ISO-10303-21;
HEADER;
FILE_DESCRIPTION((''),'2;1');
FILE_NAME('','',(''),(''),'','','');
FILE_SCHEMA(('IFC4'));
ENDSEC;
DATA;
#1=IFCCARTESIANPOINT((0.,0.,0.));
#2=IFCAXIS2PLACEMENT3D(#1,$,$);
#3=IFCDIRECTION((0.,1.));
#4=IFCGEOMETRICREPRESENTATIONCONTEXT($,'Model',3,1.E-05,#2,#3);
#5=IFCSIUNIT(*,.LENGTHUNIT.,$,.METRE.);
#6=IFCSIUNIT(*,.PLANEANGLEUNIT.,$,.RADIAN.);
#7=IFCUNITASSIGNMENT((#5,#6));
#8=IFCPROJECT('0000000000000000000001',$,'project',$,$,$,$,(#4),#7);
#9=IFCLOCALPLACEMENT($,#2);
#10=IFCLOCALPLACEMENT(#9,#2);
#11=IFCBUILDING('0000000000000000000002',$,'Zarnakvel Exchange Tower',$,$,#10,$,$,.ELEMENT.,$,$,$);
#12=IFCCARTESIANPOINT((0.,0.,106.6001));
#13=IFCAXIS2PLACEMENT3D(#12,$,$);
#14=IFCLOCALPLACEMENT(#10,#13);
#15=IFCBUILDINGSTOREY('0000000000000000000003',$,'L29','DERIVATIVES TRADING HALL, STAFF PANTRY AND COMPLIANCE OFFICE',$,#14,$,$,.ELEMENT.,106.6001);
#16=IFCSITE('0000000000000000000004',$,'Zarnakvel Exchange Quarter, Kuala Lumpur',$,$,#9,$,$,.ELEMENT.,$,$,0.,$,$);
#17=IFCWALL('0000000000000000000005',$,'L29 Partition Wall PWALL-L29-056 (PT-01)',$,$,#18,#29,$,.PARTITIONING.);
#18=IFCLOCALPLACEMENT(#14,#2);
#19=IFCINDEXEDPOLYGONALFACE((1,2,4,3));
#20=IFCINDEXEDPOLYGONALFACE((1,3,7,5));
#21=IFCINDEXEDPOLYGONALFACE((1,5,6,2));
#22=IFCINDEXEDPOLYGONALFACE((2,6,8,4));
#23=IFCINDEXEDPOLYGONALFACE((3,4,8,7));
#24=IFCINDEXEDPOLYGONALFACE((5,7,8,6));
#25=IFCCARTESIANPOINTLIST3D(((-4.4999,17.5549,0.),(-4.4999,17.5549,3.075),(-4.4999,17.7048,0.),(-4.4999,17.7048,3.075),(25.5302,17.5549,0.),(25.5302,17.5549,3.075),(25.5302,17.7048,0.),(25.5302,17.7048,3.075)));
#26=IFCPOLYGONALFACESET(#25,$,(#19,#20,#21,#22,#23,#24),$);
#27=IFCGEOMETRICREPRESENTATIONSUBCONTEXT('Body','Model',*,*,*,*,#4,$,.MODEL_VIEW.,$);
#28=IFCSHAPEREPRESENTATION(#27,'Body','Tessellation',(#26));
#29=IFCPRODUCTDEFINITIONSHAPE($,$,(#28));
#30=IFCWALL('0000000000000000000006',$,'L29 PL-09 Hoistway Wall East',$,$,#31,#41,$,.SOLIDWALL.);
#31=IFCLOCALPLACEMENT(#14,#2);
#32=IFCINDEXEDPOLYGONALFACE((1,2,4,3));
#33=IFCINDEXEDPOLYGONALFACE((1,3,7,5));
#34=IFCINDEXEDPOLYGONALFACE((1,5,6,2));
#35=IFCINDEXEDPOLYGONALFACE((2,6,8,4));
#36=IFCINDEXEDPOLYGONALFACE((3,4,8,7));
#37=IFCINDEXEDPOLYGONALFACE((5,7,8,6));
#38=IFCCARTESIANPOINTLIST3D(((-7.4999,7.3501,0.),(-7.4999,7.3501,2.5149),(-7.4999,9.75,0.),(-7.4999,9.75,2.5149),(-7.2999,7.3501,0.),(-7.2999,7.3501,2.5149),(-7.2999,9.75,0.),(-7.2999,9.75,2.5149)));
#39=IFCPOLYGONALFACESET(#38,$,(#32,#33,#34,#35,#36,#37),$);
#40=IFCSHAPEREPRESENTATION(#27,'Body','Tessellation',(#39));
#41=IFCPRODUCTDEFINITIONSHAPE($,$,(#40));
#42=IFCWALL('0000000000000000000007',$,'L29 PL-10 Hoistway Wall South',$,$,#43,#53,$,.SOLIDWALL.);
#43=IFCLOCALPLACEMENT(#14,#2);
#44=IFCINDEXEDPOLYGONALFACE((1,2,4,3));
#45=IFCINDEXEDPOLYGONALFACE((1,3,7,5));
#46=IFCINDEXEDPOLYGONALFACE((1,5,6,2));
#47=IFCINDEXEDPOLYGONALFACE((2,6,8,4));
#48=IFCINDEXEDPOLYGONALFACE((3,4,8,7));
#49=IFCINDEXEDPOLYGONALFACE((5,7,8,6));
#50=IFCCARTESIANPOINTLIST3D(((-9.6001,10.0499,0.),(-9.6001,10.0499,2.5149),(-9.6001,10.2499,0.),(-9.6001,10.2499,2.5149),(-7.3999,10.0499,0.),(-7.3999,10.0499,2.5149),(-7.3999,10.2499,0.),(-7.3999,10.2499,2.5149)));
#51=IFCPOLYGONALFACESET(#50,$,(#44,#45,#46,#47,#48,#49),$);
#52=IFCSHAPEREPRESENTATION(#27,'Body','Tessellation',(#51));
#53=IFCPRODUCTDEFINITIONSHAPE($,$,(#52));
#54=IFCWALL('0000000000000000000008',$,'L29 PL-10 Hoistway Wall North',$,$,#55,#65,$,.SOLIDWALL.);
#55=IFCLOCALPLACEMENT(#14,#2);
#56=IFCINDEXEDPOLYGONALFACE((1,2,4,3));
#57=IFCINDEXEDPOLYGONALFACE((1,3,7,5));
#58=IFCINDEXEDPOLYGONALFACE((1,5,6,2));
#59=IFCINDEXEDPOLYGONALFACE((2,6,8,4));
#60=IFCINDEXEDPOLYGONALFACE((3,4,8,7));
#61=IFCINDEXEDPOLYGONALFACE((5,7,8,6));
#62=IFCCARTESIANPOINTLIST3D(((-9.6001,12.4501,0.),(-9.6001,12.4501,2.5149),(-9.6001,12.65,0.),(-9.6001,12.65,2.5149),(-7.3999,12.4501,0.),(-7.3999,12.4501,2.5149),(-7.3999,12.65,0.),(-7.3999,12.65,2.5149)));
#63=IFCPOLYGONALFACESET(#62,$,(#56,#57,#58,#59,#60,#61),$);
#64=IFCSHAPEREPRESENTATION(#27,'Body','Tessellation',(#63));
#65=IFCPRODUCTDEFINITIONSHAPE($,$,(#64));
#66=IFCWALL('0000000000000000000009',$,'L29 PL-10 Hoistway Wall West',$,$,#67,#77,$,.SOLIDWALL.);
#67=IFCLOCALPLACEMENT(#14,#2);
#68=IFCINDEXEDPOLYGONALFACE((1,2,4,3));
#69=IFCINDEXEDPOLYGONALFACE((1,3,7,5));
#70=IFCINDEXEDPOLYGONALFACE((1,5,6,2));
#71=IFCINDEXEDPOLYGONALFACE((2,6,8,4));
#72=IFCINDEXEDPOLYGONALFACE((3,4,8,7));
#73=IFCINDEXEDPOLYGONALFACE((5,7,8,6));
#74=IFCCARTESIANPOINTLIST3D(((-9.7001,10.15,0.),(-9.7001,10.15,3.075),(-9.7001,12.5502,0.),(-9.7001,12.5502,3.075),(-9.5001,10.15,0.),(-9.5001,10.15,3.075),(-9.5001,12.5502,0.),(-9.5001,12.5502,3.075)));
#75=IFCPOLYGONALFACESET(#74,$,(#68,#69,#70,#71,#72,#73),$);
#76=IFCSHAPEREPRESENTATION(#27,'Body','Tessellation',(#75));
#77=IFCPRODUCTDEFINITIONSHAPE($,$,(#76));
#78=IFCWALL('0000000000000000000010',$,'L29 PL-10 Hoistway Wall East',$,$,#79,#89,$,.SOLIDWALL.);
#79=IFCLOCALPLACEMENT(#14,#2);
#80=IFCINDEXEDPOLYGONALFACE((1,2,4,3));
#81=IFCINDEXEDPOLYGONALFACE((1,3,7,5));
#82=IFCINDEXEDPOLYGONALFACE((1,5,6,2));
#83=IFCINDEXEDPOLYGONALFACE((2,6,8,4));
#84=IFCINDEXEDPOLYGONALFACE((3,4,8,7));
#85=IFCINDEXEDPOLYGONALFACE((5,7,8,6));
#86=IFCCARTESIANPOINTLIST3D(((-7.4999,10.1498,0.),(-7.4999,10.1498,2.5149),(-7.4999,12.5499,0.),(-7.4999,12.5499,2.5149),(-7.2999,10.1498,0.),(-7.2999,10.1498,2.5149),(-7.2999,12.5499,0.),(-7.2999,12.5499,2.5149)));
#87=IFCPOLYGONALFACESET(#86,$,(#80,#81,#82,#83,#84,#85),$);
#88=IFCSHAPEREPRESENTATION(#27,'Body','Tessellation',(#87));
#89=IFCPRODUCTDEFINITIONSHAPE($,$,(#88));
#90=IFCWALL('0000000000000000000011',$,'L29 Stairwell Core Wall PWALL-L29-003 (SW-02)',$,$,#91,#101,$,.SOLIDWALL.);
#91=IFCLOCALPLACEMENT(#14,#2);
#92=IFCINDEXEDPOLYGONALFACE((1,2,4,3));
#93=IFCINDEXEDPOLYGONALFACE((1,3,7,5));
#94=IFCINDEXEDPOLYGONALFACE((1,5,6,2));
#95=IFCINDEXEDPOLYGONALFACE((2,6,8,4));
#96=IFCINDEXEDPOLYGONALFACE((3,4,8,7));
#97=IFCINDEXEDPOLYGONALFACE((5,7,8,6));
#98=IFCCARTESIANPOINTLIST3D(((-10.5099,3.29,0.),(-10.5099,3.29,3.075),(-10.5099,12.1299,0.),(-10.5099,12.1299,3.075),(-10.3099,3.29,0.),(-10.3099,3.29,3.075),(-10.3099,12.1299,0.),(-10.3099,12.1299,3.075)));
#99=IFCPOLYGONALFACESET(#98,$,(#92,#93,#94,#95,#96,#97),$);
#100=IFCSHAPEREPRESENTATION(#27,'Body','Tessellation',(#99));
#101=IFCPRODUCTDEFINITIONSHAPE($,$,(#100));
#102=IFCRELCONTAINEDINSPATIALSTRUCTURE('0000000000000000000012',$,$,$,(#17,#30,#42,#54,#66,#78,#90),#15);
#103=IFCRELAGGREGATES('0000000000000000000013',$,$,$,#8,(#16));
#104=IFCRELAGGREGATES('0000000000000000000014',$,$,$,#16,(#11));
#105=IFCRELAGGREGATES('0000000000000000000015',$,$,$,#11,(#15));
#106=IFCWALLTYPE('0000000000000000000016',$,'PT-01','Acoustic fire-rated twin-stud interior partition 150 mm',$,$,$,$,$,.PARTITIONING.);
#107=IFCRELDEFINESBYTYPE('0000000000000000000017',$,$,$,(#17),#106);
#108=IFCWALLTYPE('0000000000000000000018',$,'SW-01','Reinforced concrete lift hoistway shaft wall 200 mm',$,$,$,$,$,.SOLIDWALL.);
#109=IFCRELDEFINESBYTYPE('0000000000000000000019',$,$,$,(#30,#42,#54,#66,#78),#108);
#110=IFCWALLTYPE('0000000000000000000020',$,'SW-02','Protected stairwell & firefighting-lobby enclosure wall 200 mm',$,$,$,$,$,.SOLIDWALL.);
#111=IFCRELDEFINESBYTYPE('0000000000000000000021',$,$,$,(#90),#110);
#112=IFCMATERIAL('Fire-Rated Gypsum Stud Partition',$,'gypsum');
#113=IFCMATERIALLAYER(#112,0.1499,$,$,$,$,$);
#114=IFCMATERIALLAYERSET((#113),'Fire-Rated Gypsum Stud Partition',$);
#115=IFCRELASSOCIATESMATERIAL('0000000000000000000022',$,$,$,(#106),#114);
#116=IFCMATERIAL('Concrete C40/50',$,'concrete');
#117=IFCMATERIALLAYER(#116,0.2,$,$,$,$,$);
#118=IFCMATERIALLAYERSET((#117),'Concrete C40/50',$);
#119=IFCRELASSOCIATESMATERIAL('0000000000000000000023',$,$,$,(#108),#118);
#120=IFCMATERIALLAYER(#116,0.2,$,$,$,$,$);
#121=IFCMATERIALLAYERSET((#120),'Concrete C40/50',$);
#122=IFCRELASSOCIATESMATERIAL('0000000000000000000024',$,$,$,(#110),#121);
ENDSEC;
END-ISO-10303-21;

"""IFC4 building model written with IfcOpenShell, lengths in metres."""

from ifc_helpers import new_model, si_unit, direction, frame, frame_2d, origin, place, context, subcontext, project, spatial, rectangle, extrude, material, layer, layer_set, type_object, element, save


model = new_model("IFC4")

# Units and contexts
model_context = context("Model", 3, precision=1e-05, world=origin(), true_north=direction((0.0, 1.0)))
body_context = subcontext(model_context, "Body", "Model", "MODEL_VIEW")
ifc_project = project(units=[si_unit("LENGTHUNIT", "METRE"), si_unit("PLANEANGLEUNIT", "RADIAN")], contexts=[model_context])

# Site, building, storey
site_placement = place(None, origin())
site = spatial("IfcSite", under=ifc_project, at=site_placement, Name="Zarnakvel Exchange Quarter, Kuala Lumpur", CompositionType="ELEMENT", RefElevation=0.0)
building_placement = place(site_placement, origin())
building = spatial("IfcBuilding", under=site, at=building_placement, Name="Zarnakvel Exchange Tower", CompositionType="ELEMENT")
storey_placement = place(building_placement, frame((0.0, 0.0, 106.6001)))
storey = spatial("IfcBuildingStorey", under=building, at=storey_placement, Name="L29", Description="DERIVATIVES TRADING HALL, STAFF PANTRY AND COMPLIANCE OFFICE", CompositionType="ELEMENT", Elevation=106.6001)

# Walls
ifc_material_1 = material(Name="Fire-Rated Gypsum Stud Partition", Category="gypsum")
ifc_layer_1 = layer(ifc_material_1, 0.1499)
ifc_layer_set_1 = layer_set([ifc_layer_1], Name="Fire-Rated Gypsum Stud Partition")
wall_type_1 = type_object("IfcWallType", Name="PT-01", Description="Acoustic fire-rated twin-stud interior partition 150 mm", PredefinedType="PARTITIONING", material=ifc_layer_set_1)
wall_1_placement = place(storey_placement, frame((-4.5, 17.6299, 0.0), z_axis=(0.0, 0.0, 1.0), x_axis=(1.0, 0.0, 0.0)))
element("IfcWall", 1, at=wall_1_placement, inside=storey, type_object=wall_type_1, Name="L29 Partition Wall PWALL-L29-056 (PT-01)", PredefinedType="PARTITIONING", context=body_context, shape_type="SweptSolid", body=[
    extrude(rectangle(XDim=30.03, YDim=0.1499, at=frame_2d((15.0151, 0.0))), origin(), (0.0, 0.0, 1.0), 3.075),
])
ifc_material_2 = material(Name="Concrete C40/50", Category="concrete")
ifc_layer_2 = layer(ifc_material_2, 0.2)
ifc_layer_set_2 = layer_set([ifc_layer_2], Name="Concrete C40/50")
wall_type_2 = type_object("IfcWallType", Name="SW-01", Description="Reinforced concrete lift hoistway shaft wall 200 mm", PredefinedType="SOLIDWALL", material=ifc_layer_set_2)
wall_2_placement = place(storey_placement, frame((-7.3999, 9.75, 0.0), z_axis=(0.0, 0.0, 1.0), x_axis=(0.0, -1.0, 0.0)))
element("IfcWall", 2, at=wall_2_placement, inside=storey, type_object=wall_type_2, Name="L29 PL-09 Hoistway Wall East", PredefinedType="SOLIDWALL", context=body_context, shape_type="SweptSolid", body=[
    extrude(rectangle(XDim=2.3999, YDim=0.2, at=frame_2d((1.2, 0.0))), origin(), (0.0, 0.0, 1.0), 2.5149),
])
for number, where, z_axis, x_axis, name in (
    (3, (-7.3999, 10.1499, 0.0), (0.0, 0.0, 1.0), (-1.0, 0.0, 0.0), "L29 PL-10 Hoistway Wall South"),
    (4, (-9.6001, 12.55, 0.0), (0.0, 0.0, 1.0), (1.0, 0.0, 0.0), "L29 PL-10 Hoistway Wall North"),
):
    element("IfcWall", number, at=place(storey_placement, frame(where, z_axis=z_axis, x_axis=x_axis)), inside=storey, type_object=wall_type_2, Name=name, PredefinedType="SOLIDWALL", context=body_context, shape_type="SweptSolid", body=[
        extrude(rectangle(XDim=2.2002, YDim=0.2, at=frame_2d((1.1001, 0.0))), origin(), (0.0, 0.0, 1.0), 2.5149),
    ])
wall_3_placement = place(storey_placement, frame((-9.6001, 10.1499, 0.0), z_axis=(0.0, 0.0, 1.0), x_axis=(0.0, 1.0, 0.0)))
element("IfcWall", 5, at=wall_3_placement, inside=storey, type_object=wall_type_2, Name="L29 PL-10 Hoistway Wall West", PredefinedType="SOLIDWALL", context=body_context, shape_type="SweptSolid", body=[
    extrude(rectangle(XDim=2.4001, YDim=0.2, at=frame_2d((1.2002, 0.0))), origin(), (0.0, 0.0, 1.0), 3.075),
])
wall_4_placement = place(storey_placement, frame((-7.3999, 12.55, 0.0), z_axis=(0.0, 0.0, 1.0), x_axis=(0.0, -1.0, 0.0)))
element("IfcWall", 6, at=wall_4_placement, inside=storey, type_object=wall_type_2, Name="L29 PL-10 Hoistway Wall East", PredefinedType="SOLIDWALL", context=body_context, shape_type="SweptSolid", body=[
    extrude(rectangle(XDim=2.4001, YDim=0.2, at=frame_2d((1.2002, 0.0))), origin(), (0.0, 0.0, 1.0), 2.5149),
])
ifc_layer_3 = layer(ifc_material_2, 0.2)
ifc_layer_set_3 = layer_set([ifc_layer_3], Name="Concrete C40/50")
wall_type_3 = type_object("IfcWallType", Name="SW-02", Description="Protected stairwell & firefighting-lobby enclosure wall 200 mm", PredefinedType="SOLIDWALL", material=ifc_layer_set_3)
wall_5_placement = place(storey_placement, frame((-10.4099, 12.1299, 0.0), z_axis=(0.0, 0.0, 1.0), x_axis=(0.0, -1.0, 0.0)))
element("IfcWall", 7, at=wall_5_placement, inside=storey, type_object=wall_type_3, Name="L29 Stairwell Core Wall PWALL-L29-003 (SW-02)", PredefinedType="SOLIDWALL", context=body_context, shape_type="SweptSolid", body=[
    extrude(rectangle(XDim=8.8398, YDim=0.2, at=frame_2d((4.4199, 0.0))), origin(), (0.0, 0.0, 1.0), 3.075),
])

save(model, "model.ifc")
